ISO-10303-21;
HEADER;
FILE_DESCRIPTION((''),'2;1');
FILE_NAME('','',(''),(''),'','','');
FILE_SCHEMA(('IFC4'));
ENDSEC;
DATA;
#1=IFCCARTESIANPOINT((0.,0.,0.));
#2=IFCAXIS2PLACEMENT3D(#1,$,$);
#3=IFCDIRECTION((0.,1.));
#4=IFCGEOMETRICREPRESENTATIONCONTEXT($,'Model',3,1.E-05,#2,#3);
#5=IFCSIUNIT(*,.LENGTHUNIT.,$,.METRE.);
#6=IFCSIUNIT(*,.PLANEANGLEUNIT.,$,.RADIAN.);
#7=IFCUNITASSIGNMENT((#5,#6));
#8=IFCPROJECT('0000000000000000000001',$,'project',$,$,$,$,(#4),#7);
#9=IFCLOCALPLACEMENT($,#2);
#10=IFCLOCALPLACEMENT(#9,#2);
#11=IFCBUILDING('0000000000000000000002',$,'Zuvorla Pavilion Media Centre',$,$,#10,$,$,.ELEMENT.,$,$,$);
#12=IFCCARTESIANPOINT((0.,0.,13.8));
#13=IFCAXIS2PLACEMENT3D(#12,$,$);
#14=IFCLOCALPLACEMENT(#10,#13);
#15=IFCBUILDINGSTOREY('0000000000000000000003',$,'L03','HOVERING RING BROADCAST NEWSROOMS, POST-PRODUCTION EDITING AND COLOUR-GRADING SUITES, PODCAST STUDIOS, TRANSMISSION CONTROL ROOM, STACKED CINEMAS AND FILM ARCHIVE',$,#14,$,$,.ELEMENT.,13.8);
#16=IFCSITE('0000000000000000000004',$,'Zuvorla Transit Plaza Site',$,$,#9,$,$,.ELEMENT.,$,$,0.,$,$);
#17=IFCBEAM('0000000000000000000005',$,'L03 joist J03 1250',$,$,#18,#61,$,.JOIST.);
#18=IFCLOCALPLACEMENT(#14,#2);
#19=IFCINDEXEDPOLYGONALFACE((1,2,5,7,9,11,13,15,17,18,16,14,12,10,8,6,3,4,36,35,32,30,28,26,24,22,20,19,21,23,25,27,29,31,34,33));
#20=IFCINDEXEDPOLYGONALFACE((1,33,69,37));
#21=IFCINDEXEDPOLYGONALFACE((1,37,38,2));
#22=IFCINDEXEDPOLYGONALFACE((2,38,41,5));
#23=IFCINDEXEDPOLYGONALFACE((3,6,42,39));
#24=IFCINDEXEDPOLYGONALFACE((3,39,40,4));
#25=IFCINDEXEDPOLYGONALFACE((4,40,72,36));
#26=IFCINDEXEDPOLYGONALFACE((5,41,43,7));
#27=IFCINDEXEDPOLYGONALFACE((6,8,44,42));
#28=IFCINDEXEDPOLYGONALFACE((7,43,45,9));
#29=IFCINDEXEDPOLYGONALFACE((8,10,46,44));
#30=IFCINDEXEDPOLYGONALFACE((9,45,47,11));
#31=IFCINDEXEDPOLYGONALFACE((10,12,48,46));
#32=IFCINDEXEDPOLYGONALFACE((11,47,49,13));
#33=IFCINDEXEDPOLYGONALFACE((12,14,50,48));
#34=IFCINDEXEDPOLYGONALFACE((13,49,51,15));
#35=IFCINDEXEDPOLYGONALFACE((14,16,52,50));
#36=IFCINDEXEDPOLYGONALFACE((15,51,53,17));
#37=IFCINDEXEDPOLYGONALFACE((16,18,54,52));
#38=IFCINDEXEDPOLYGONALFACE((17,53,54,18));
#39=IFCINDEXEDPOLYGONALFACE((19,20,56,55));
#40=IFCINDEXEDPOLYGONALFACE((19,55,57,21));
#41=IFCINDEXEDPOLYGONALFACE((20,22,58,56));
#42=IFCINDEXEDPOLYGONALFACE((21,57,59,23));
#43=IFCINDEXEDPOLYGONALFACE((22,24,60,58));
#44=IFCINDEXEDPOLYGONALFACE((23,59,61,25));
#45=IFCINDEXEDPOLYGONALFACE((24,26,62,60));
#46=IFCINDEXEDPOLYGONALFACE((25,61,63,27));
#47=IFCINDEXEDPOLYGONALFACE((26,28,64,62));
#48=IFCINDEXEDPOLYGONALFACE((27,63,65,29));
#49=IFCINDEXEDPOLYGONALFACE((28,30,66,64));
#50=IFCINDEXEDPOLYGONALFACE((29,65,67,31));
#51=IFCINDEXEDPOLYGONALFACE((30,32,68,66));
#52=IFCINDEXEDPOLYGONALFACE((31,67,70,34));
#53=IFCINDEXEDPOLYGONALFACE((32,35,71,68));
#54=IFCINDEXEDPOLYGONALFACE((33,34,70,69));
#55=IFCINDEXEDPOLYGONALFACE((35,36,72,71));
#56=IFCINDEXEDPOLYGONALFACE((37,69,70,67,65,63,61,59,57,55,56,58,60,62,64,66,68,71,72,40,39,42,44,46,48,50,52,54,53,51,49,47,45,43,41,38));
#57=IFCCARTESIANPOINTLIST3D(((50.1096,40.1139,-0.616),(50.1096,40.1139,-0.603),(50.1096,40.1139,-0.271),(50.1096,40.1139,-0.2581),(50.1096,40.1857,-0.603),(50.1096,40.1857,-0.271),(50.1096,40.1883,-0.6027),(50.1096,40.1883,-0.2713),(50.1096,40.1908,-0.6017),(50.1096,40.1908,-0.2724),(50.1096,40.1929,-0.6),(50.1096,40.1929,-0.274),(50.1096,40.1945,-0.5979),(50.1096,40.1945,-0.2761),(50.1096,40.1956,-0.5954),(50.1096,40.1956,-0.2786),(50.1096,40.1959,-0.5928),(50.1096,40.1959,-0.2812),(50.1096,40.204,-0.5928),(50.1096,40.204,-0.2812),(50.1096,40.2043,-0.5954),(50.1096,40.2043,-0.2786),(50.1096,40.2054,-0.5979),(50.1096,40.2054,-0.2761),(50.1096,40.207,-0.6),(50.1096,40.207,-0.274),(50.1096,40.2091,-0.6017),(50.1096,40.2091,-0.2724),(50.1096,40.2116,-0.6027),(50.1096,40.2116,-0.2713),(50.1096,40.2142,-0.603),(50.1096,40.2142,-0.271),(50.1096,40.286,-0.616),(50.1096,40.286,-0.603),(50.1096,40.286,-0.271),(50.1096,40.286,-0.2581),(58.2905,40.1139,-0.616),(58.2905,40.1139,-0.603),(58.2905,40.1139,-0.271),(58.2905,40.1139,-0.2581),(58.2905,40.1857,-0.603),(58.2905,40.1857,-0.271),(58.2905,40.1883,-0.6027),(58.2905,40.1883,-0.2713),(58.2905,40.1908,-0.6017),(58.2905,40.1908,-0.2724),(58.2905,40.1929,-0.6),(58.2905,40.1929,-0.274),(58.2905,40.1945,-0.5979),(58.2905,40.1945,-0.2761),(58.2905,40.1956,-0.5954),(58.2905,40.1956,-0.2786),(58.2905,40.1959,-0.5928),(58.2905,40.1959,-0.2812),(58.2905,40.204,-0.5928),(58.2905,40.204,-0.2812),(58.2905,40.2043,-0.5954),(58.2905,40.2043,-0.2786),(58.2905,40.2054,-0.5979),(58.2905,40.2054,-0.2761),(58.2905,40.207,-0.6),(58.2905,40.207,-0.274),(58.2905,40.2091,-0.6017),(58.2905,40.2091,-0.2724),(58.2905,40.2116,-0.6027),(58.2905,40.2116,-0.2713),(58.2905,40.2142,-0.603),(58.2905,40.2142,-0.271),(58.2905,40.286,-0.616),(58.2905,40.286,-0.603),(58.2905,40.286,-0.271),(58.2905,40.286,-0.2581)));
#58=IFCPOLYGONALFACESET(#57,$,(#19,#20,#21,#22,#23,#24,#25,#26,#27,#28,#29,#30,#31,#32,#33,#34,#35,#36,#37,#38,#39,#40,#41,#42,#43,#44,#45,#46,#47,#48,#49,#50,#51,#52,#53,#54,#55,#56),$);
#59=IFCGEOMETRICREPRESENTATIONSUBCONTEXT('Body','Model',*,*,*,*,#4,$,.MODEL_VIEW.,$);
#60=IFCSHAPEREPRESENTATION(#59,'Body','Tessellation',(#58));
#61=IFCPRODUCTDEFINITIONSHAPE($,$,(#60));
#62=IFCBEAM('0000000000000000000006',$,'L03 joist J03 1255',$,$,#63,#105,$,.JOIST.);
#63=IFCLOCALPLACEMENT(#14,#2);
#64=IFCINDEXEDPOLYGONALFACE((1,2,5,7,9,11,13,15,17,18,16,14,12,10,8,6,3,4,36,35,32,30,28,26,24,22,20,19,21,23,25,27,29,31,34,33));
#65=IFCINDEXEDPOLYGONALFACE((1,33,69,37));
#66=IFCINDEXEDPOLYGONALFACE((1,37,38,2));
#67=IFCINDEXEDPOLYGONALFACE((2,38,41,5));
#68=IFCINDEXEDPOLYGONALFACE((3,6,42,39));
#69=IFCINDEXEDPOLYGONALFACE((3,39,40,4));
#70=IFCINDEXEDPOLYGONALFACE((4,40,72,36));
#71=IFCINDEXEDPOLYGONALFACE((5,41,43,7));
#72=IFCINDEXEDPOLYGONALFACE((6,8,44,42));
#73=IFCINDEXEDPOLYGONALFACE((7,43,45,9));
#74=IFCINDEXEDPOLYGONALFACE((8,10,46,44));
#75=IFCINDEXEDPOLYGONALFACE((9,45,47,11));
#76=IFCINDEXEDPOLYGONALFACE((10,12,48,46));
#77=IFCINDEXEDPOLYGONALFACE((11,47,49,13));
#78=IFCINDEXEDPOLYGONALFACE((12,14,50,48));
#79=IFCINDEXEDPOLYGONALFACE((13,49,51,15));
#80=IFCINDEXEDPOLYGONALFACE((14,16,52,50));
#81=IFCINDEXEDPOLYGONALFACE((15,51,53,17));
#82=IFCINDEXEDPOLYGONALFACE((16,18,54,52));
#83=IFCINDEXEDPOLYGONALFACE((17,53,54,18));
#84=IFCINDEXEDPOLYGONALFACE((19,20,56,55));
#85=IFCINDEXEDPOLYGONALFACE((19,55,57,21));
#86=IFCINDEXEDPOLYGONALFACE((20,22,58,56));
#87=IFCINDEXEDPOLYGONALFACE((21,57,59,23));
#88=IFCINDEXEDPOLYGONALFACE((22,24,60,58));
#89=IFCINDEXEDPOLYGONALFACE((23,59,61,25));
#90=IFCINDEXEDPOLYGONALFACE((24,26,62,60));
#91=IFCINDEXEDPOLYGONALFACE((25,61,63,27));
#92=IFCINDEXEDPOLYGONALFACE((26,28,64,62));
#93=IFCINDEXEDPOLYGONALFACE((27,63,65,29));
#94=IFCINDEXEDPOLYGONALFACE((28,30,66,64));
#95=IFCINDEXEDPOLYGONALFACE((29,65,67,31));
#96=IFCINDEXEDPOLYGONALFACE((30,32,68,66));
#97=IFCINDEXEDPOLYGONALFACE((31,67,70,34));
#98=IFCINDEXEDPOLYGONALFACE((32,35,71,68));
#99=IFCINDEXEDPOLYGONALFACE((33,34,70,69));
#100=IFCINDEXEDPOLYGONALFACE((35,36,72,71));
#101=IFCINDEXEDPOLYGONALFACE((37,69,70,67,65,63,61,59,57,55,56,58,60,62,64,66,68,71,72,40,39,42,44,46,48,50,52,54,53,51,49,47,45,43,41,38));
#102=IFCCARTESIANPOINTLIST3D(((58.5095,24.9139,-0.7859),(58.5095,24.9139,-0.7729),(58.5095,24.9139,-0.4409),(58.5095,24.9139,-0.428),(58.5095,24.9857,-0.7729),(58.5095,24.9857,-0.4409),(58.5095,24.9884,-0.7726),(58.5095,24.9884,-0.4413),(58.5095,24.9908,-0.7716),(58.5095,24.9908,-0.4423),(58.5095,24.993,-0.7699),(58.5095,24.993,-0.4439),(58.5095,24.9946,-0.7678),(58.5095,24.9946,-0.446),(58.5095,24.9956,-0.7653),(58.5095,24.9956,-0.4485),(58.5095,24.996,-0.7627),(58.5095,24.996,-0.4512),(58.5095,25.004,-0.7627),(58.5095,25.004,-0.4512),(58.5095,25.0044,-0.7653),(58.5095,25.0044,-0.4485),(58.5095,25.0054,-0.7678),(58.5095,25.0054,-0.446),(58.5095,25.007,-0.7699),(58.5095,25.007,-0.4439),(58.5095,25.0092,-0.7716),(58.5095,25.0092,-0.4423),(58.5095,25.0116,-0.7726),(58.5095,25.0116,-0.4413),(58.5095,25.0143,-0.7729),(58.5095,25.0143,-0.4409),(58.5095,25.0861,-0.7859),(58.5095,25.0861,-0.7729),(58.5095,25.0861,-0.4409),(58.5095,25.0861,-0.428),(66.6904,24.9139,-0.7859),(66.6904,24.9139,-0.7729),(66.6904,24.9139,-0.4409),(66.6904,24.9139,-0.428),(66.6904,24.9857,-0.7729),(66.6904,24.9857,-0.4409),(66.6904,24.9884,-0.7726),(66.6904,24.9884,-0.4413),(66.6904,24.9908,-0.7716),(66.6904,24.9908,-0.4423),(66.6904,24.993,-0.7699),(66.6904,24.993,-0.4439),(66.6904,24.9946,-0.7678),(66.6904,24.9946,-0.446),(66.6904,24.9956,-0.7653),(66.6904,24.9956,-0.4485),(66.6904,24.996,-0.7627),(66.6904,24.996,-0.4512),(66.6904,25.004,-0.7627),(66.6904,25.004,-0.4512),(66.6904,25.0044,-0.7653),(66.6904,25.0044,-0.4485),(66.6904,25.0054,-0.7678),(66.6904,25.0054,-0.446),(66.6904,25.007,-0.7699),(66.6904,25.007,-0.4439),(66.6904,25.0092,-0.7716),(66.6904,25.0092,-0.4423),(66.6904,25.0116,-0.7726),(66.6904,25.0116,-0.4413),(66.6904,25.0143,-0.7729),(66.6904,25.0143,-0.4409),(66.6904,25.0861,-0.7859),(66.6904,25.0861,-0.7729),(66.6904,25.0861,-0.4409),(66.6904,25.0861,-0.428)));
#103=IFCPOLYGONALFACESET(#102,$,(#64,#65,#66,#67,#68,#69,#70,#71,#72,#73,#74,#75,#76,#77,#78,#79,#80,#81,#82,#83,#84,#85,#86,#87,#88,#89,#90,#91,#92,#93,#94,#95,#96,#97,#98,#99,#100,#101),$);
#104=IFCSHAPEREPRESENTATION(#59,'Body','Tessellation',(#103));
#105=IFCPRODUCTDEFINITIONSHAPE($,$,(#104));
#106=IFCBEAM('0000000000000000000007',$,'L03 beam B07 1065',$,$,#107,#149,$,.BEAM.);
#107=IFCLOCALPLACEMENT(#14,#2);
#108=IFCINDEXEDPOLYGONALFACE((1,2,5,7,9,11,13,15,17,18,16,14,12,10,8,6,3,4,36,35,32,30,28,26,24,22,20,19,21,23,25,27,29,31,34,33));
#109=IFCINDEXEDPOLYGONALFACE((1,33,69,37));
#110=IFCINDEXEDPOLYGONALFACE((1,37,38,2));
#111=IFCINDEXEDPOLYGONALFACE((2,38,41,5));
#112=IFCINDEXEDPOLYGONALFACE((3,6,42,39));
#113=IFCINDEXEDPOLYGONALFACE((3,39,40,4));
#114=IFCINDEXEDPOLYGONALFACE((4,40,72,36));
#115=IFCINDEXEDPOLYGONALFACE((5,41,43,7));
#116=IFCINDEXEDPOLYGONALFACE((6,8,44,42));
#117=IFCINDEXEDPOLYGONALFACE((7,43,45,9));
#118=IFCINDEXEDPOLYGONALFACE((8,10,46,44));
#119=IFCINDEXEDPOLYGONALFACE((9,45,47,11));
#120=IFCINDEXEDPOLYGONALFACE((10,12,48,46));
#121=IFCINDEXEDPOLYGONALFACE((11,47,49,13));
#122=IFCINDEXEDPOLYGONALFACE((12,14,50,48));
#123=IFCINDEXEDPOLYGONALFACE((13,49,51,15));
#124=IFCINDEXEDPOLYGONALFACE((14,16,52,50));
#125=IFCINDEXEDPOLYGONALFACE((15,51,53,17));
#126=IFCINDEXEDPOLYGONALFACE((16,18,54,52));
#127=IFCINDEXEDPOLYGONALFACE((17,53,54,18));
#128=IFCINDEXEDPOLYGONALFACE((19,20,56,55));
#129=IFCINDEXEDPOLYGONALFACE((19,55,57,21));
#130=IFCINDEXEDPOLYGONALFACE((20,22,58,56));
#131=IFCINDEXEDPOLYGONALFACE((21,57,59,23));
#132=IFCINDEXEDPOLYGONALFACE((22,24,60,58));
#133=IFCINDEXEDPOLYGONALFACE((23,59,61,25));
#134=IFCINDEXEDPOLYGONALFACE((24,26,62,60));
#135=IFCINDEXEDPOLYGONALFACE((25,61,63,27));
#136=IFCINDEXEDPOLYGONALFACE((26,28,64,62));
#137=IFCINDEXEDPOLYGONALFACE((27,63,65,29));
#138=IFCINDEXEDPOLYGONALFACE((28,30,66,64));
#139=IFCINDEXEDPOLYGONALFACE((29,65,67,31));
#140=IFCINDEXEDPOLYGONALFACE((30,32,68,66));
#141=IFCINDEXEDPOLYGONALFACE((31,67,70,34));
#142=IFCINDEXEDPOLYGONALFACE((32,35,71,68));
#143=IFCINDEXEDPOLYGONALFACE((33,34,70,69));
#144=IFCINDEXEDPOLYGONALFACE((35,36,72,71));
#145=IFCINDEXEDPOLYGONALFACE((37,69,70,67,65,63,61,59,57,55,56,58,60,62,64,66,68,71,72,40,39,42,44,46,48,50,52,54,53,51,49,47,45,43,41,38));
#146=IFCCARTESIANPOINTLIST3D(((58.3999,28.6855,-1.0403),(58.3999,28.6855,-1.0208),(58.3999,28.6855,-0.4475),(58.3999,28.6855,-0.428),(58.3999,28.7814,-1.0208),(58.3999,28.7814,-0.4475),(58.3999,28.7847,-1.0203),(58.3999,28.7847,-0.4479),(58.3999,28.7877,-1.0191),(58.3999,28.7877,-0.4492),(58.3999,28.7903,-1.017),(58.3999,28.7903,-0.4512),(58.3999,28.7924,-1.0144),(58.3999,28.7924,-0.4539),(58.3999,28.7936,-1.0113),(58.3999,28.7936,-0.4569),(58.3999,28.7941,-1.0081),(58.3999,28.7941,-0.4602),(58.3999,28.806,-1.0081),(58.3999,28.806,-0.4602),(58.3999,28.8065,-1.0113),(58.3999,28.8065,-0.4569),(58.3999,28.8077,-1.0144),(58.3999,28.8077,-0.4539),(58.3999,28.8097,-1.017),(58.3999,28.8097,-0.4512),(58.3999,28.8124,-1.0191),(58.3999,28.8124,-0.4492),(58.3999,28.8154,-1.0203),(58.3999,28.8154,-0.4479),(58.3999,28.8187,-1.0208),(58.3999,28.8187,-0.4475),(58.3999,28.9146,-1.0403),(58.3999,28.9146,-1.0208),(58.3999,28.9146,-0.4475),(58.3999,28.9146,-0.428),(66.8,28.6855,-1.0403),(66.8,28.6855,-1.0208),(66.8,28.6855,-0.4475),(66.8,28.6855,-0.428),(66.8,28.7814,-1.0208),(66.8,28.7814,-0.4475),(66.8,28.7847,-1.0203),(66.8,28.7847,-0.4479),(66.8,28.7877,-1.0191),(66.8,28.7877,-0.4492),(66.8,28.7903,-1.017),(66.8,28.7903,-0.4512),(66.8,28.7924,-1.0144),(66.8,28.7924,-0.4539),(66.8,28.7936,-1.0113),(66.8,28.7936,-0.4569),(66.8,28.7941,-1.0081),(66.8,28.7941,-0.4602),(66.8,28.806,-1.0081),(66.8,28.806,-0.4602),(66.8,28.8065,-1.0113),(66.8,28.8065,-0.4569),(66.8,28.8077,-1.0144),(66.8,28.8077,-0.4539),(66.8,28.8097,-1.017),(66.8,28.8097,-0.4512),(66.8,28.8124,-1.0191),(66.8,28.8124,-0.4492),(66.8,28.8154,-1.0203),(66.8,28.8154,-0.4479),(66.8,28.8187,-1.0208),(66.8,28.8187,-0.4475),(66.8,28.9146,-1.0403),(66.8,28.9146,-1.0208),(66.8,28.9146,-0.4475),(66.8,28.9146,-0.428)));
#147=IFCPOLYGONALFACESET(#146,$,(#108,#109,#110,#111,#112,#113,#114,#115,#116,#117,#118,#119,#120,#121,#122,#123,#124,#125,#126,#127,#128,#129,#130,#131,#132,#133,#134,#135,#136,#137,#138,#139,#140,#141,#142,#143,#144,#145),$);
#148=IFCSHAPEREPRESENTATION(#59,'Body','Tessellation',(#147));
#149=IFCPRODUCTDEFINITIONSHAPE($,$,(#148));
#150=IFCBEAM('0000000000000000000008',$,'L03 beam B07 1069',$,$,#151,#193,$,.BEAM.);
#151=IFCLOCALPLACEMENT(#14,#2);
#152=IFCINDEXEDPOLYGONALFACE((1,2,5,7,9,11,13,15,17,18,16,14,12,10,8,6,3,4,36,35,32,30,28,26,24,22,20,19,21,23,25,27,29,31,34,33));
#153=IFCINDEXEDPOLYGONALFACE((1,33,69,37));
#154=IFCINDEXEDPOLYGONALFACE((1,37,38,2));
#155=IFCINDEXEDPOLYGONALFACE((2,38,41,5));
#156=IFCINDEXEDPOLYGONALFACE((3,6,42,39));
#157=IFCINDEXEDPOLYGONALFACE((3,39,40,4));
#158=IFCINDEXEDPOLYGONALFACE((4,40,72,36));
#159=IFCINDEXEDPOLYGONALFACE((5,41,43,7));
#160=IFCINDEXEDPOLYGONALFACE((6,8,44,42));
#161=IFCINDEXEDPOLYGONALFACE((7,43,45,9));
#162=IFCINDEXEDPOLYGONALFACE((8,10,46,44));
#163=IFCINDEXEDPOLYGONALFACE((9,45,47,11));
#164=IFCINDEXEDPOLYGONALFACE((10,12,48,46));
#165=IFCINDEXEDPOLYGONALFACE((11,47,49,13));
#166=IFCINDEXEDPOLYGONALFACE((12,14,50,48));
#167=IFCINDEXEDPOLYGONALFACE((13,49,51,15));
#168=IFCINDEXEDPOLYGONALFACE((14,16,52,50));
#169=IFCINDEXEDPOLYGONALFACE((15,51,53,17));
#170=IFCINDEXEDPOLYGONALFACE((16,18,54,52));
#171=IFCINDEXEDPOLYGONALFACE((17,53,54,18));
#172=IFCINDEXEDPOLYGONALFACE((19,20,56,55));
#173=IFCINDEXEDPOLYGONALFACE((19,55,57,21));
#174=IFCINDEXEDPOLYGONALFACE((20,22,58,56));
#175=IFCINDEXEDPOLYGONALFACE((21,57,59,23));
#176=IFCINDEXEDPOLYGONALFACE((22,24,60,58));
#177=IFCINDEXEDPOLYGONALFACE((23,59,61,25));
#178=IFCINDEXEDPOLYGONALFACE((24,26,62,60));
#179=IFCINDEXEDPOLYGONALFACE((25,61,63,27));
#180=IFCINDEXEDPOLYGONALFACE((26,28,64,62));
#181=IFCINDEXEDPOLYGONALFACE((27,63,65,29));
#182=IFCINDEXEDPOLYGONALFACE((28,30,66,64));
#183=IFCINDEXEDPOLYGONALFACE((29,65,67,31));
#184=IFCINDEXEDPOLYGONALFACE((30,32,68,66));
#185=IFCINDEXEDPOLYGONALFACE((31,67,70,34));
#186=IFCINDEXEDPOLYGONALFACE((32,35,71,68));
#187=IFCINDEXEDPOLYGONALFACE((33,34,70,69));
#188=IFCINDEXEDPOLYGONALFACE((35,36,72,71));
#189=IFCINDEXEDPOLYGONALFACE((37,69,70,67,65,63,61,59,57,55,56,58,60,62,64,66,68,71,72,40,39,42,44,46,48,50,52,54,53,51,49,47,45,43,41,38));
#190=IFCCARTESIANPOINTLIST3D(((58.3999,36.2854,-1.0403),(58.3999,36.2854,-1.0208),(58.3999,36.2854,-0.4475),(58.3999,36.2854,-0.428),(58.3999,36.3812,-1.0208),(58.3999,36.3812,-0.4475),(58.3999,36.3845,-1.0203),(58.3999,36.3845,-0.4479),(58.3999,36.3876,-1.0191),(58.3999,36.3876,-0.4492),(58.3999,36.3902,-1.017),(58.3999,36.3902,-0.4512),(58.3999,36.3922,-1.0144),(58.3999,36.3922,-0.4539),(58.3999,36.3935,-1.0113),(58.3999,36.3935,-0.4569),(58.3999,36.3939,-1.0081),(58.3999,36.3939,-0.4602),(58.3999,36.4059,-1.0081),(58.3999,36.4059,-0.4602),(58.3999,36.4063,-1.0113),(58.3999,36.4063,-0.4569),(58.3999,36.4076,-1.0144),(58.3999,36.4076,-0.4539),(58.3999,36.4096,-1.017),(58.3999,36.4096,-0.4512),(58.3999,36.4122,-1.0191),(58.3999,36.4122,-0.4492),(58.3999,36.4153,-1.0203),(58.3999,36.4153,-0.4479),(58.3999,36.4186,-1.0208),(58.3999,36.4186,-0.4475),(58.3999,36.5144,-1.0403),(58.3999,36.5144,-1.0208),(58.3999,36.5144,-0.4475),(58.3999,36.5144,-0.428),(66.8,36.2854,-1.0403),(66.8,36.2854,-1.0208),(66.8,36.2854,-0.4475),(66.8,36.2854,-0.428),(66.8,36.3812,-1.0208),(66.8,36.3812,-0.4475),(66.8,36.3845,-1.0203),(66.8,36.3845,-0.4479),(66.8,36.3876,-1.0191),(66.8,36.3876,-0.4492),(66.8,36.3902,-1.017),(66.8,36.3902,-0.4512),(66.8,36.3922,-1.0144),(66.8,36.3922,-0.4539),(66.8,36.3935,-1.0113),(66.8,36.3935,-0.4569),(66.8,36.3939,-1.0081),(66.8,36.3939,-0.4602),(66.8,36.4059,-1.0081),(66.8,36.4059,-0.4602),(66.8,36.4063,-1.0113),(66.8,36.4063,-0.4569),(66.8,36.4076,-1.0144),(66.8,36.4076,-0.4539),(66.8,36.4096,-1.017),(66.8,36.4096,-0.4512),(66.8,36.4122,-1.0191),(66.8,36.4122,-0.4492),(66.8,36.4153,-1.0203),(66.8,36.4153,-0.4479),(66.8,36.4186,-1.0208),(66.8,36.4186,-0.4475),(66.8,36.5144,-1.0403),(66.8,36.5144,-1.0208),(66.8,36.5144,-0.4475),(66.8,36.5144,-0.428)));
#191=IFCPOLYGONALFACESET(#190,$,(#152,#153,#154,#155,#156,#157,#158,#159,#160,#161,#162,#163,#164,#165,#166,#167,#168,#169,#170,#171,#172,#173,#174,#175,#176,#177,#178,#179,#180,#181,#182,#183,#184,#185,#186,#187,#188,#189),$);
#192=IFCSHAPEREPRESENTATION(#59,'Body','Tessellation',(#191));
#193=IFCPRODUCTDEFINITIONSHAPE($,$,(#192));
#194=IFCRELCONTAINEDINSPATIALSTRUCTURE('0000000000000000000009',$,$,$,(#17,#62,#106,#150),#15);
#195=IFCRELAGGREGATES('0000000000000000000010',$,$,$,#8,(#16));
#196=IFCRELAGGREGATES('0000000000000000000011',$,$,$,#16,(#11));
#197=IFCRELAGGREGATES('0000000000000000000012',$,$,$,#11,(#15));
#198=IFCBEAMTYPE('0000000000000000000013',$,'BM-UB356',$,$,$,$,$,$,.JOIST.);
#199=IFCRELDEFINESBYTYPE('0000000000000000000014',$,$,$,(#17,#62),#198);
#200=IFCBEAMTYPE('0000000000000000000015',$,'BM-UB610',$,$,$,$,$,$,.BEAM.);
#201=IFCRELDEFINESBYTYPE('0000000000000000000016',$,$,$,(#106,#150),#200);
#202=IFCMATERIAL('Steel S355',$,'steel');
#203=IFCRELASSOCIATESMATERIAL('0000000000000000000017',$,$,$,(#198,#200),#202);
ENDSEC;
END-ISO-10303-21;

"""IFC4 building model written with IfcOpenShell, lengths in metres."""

from ifc_helpers import new_model, si_unit, direction, frame, origin, origin_2d, place, context, subcontext, project, spatial, i_section, extrude, material, material_profile, profile_set, type_object, element, save


model = new_model("IFC4")

# Units and contexts
model_context = context("Model", 3, precision=1e-05, world=origin(), true_north=direction((0.0, 1.0)))
body_context = subcontext(model_context, "Body", "Model", "MODEL_VIEW")
ifc_project = project(units=[si_unit("LENGTHUNIT", "METRE"), si_unit("PLANEANGLEUNIT", "RADIAN")], contexts=[model_context])

# Site, building, storey
site_placement = place(None, origin())
site = spatial("IfcSite", under=ifc_project, at=site_placement, Name="Zuvorla Transit Plaza Site", CompositionType="ELEMENT", RefElevation=0.0)
building_placement = place(site_placement, origin())
building = spatial("IfcBuilding", under=site, at=building_placement, Name="Zuvorla Pavilion Media Centre", CompositionType="ELEMENT")
storey_placement = place(building_placement, frame((0.0, 0.0, 13.8)))
storey = spatial("IfcBuildingStorey", under=building, at=storey_placement, Name="L03", Description="HOVERING RING BROADCAST NEWSROOMS, POST-PRODUCTION EDITING AND COLOUR-GRADING SUITES, PODCAST STUDIOS, TRANSMISSION CONTROL ROOM, STACKED CINEMAS AND FILM ARCHIVE", CompositionType="ELEMENT", Elevation=13.8)

# Shared definitions
ifc_material_1 = material(Name="Steel S355", Category="steel")

# Beams
ifc_material_profile_1 = material_profile(ifc_material_1, i_section(OverallWidth=0.1721, OverallDepth=0.3579, WebThickness=0.0081, FlangeThickness=0.0129, FilletRadius=0.0103, at=origin_2d()), Name="UB 356x171x57")
ifc_profile_set_1 = profile_set([ifc_material_profile_1], Name="Steel S355")
beam_type_1 = type_object("IfcBeamType", Name="BM-UB356", PredefinedType="JOIST", material=ifc_profile_set_1)
for number, where, z_axis, x_axis, name in (
    (1, (50.1096, 40.2, -0.437), (1.0, 0.0, 0.0), (0.0, 1.0, 0.0), "L03 joist J03 1250"),
    (2, (58.5095, 25.0, -0.6069), (1.0, 0.0, 0.0), (0.0, 1.0, 0.0), "L03 joist J03 1255"),
):
    element("IfcBeam", number, at=place(storey_placement, frame(where, z_axis=z_axis, x_axis=x_axis)), inside=storey, type_object=beam_type_1, Name=name, PredefinedType="JOIST", context=body_context, shape_type="SweptSolid", body=[
        extrude(i_section(OverallWidth=0.1721, OverallDepth=0.3579, WebThickness=0.0081, FlangeThickness=0.0129, FilletRadius=0.0103, at=origin_2d()), origin(), (0.0, 0.0, 1.0), 8.1809),
    ])
ifc_material_profile_2 = material_profile(ifc_material_1, i_section(OverallWidth=0.229, OverallDepth=0.6123, WebThickness=0.012, FlangeThickness=0.0195, FilletRadius=0.0127, at=origin_2d()), Name="UB 610x229x125")
ifc_profile_set_2 = profile_set([ifc_material_profile_2], Name="Steel S355")
beam_type_2 = type_object("IfcBeamType", Name="BM-UB610", PredefinedType="BEAM", material=ifc_profile_set_2)
for number, where, z_axis, x_axis, name in (
    (3, (58.3999, 28.8, -0.7341), (1.0, 0.0, 0.0), (0.0, 1.0, 0.0), "L03 beam B07 1065"),
    (4, (58.3999, 36.3999, -0.7341), (1.0, 0.0, 0.0), (0.0, 1.0, 0.0), "L03 beam B07 1069"),
):
    element("IfcBeam", number, at=place(storey_placement, frame(where, z_axis=z_axis, x_axis=x_axis)), inside=storey, type_object=beam_type_2, Name=name, PredefinedType="BEAM", context=body_context, shape_type="SweptSolid", body=[
        extrude(i_section(OverallWidth=0.229, OverallDepth=0.6123, WebThickness=0.012, FlangeThickness=0.0195, FilletRadius=0.0127, at=origin_2d()), origin(), (0.0, 0.0, 1.0), 8.4001),
    ])

save(model, "model.ifc")
